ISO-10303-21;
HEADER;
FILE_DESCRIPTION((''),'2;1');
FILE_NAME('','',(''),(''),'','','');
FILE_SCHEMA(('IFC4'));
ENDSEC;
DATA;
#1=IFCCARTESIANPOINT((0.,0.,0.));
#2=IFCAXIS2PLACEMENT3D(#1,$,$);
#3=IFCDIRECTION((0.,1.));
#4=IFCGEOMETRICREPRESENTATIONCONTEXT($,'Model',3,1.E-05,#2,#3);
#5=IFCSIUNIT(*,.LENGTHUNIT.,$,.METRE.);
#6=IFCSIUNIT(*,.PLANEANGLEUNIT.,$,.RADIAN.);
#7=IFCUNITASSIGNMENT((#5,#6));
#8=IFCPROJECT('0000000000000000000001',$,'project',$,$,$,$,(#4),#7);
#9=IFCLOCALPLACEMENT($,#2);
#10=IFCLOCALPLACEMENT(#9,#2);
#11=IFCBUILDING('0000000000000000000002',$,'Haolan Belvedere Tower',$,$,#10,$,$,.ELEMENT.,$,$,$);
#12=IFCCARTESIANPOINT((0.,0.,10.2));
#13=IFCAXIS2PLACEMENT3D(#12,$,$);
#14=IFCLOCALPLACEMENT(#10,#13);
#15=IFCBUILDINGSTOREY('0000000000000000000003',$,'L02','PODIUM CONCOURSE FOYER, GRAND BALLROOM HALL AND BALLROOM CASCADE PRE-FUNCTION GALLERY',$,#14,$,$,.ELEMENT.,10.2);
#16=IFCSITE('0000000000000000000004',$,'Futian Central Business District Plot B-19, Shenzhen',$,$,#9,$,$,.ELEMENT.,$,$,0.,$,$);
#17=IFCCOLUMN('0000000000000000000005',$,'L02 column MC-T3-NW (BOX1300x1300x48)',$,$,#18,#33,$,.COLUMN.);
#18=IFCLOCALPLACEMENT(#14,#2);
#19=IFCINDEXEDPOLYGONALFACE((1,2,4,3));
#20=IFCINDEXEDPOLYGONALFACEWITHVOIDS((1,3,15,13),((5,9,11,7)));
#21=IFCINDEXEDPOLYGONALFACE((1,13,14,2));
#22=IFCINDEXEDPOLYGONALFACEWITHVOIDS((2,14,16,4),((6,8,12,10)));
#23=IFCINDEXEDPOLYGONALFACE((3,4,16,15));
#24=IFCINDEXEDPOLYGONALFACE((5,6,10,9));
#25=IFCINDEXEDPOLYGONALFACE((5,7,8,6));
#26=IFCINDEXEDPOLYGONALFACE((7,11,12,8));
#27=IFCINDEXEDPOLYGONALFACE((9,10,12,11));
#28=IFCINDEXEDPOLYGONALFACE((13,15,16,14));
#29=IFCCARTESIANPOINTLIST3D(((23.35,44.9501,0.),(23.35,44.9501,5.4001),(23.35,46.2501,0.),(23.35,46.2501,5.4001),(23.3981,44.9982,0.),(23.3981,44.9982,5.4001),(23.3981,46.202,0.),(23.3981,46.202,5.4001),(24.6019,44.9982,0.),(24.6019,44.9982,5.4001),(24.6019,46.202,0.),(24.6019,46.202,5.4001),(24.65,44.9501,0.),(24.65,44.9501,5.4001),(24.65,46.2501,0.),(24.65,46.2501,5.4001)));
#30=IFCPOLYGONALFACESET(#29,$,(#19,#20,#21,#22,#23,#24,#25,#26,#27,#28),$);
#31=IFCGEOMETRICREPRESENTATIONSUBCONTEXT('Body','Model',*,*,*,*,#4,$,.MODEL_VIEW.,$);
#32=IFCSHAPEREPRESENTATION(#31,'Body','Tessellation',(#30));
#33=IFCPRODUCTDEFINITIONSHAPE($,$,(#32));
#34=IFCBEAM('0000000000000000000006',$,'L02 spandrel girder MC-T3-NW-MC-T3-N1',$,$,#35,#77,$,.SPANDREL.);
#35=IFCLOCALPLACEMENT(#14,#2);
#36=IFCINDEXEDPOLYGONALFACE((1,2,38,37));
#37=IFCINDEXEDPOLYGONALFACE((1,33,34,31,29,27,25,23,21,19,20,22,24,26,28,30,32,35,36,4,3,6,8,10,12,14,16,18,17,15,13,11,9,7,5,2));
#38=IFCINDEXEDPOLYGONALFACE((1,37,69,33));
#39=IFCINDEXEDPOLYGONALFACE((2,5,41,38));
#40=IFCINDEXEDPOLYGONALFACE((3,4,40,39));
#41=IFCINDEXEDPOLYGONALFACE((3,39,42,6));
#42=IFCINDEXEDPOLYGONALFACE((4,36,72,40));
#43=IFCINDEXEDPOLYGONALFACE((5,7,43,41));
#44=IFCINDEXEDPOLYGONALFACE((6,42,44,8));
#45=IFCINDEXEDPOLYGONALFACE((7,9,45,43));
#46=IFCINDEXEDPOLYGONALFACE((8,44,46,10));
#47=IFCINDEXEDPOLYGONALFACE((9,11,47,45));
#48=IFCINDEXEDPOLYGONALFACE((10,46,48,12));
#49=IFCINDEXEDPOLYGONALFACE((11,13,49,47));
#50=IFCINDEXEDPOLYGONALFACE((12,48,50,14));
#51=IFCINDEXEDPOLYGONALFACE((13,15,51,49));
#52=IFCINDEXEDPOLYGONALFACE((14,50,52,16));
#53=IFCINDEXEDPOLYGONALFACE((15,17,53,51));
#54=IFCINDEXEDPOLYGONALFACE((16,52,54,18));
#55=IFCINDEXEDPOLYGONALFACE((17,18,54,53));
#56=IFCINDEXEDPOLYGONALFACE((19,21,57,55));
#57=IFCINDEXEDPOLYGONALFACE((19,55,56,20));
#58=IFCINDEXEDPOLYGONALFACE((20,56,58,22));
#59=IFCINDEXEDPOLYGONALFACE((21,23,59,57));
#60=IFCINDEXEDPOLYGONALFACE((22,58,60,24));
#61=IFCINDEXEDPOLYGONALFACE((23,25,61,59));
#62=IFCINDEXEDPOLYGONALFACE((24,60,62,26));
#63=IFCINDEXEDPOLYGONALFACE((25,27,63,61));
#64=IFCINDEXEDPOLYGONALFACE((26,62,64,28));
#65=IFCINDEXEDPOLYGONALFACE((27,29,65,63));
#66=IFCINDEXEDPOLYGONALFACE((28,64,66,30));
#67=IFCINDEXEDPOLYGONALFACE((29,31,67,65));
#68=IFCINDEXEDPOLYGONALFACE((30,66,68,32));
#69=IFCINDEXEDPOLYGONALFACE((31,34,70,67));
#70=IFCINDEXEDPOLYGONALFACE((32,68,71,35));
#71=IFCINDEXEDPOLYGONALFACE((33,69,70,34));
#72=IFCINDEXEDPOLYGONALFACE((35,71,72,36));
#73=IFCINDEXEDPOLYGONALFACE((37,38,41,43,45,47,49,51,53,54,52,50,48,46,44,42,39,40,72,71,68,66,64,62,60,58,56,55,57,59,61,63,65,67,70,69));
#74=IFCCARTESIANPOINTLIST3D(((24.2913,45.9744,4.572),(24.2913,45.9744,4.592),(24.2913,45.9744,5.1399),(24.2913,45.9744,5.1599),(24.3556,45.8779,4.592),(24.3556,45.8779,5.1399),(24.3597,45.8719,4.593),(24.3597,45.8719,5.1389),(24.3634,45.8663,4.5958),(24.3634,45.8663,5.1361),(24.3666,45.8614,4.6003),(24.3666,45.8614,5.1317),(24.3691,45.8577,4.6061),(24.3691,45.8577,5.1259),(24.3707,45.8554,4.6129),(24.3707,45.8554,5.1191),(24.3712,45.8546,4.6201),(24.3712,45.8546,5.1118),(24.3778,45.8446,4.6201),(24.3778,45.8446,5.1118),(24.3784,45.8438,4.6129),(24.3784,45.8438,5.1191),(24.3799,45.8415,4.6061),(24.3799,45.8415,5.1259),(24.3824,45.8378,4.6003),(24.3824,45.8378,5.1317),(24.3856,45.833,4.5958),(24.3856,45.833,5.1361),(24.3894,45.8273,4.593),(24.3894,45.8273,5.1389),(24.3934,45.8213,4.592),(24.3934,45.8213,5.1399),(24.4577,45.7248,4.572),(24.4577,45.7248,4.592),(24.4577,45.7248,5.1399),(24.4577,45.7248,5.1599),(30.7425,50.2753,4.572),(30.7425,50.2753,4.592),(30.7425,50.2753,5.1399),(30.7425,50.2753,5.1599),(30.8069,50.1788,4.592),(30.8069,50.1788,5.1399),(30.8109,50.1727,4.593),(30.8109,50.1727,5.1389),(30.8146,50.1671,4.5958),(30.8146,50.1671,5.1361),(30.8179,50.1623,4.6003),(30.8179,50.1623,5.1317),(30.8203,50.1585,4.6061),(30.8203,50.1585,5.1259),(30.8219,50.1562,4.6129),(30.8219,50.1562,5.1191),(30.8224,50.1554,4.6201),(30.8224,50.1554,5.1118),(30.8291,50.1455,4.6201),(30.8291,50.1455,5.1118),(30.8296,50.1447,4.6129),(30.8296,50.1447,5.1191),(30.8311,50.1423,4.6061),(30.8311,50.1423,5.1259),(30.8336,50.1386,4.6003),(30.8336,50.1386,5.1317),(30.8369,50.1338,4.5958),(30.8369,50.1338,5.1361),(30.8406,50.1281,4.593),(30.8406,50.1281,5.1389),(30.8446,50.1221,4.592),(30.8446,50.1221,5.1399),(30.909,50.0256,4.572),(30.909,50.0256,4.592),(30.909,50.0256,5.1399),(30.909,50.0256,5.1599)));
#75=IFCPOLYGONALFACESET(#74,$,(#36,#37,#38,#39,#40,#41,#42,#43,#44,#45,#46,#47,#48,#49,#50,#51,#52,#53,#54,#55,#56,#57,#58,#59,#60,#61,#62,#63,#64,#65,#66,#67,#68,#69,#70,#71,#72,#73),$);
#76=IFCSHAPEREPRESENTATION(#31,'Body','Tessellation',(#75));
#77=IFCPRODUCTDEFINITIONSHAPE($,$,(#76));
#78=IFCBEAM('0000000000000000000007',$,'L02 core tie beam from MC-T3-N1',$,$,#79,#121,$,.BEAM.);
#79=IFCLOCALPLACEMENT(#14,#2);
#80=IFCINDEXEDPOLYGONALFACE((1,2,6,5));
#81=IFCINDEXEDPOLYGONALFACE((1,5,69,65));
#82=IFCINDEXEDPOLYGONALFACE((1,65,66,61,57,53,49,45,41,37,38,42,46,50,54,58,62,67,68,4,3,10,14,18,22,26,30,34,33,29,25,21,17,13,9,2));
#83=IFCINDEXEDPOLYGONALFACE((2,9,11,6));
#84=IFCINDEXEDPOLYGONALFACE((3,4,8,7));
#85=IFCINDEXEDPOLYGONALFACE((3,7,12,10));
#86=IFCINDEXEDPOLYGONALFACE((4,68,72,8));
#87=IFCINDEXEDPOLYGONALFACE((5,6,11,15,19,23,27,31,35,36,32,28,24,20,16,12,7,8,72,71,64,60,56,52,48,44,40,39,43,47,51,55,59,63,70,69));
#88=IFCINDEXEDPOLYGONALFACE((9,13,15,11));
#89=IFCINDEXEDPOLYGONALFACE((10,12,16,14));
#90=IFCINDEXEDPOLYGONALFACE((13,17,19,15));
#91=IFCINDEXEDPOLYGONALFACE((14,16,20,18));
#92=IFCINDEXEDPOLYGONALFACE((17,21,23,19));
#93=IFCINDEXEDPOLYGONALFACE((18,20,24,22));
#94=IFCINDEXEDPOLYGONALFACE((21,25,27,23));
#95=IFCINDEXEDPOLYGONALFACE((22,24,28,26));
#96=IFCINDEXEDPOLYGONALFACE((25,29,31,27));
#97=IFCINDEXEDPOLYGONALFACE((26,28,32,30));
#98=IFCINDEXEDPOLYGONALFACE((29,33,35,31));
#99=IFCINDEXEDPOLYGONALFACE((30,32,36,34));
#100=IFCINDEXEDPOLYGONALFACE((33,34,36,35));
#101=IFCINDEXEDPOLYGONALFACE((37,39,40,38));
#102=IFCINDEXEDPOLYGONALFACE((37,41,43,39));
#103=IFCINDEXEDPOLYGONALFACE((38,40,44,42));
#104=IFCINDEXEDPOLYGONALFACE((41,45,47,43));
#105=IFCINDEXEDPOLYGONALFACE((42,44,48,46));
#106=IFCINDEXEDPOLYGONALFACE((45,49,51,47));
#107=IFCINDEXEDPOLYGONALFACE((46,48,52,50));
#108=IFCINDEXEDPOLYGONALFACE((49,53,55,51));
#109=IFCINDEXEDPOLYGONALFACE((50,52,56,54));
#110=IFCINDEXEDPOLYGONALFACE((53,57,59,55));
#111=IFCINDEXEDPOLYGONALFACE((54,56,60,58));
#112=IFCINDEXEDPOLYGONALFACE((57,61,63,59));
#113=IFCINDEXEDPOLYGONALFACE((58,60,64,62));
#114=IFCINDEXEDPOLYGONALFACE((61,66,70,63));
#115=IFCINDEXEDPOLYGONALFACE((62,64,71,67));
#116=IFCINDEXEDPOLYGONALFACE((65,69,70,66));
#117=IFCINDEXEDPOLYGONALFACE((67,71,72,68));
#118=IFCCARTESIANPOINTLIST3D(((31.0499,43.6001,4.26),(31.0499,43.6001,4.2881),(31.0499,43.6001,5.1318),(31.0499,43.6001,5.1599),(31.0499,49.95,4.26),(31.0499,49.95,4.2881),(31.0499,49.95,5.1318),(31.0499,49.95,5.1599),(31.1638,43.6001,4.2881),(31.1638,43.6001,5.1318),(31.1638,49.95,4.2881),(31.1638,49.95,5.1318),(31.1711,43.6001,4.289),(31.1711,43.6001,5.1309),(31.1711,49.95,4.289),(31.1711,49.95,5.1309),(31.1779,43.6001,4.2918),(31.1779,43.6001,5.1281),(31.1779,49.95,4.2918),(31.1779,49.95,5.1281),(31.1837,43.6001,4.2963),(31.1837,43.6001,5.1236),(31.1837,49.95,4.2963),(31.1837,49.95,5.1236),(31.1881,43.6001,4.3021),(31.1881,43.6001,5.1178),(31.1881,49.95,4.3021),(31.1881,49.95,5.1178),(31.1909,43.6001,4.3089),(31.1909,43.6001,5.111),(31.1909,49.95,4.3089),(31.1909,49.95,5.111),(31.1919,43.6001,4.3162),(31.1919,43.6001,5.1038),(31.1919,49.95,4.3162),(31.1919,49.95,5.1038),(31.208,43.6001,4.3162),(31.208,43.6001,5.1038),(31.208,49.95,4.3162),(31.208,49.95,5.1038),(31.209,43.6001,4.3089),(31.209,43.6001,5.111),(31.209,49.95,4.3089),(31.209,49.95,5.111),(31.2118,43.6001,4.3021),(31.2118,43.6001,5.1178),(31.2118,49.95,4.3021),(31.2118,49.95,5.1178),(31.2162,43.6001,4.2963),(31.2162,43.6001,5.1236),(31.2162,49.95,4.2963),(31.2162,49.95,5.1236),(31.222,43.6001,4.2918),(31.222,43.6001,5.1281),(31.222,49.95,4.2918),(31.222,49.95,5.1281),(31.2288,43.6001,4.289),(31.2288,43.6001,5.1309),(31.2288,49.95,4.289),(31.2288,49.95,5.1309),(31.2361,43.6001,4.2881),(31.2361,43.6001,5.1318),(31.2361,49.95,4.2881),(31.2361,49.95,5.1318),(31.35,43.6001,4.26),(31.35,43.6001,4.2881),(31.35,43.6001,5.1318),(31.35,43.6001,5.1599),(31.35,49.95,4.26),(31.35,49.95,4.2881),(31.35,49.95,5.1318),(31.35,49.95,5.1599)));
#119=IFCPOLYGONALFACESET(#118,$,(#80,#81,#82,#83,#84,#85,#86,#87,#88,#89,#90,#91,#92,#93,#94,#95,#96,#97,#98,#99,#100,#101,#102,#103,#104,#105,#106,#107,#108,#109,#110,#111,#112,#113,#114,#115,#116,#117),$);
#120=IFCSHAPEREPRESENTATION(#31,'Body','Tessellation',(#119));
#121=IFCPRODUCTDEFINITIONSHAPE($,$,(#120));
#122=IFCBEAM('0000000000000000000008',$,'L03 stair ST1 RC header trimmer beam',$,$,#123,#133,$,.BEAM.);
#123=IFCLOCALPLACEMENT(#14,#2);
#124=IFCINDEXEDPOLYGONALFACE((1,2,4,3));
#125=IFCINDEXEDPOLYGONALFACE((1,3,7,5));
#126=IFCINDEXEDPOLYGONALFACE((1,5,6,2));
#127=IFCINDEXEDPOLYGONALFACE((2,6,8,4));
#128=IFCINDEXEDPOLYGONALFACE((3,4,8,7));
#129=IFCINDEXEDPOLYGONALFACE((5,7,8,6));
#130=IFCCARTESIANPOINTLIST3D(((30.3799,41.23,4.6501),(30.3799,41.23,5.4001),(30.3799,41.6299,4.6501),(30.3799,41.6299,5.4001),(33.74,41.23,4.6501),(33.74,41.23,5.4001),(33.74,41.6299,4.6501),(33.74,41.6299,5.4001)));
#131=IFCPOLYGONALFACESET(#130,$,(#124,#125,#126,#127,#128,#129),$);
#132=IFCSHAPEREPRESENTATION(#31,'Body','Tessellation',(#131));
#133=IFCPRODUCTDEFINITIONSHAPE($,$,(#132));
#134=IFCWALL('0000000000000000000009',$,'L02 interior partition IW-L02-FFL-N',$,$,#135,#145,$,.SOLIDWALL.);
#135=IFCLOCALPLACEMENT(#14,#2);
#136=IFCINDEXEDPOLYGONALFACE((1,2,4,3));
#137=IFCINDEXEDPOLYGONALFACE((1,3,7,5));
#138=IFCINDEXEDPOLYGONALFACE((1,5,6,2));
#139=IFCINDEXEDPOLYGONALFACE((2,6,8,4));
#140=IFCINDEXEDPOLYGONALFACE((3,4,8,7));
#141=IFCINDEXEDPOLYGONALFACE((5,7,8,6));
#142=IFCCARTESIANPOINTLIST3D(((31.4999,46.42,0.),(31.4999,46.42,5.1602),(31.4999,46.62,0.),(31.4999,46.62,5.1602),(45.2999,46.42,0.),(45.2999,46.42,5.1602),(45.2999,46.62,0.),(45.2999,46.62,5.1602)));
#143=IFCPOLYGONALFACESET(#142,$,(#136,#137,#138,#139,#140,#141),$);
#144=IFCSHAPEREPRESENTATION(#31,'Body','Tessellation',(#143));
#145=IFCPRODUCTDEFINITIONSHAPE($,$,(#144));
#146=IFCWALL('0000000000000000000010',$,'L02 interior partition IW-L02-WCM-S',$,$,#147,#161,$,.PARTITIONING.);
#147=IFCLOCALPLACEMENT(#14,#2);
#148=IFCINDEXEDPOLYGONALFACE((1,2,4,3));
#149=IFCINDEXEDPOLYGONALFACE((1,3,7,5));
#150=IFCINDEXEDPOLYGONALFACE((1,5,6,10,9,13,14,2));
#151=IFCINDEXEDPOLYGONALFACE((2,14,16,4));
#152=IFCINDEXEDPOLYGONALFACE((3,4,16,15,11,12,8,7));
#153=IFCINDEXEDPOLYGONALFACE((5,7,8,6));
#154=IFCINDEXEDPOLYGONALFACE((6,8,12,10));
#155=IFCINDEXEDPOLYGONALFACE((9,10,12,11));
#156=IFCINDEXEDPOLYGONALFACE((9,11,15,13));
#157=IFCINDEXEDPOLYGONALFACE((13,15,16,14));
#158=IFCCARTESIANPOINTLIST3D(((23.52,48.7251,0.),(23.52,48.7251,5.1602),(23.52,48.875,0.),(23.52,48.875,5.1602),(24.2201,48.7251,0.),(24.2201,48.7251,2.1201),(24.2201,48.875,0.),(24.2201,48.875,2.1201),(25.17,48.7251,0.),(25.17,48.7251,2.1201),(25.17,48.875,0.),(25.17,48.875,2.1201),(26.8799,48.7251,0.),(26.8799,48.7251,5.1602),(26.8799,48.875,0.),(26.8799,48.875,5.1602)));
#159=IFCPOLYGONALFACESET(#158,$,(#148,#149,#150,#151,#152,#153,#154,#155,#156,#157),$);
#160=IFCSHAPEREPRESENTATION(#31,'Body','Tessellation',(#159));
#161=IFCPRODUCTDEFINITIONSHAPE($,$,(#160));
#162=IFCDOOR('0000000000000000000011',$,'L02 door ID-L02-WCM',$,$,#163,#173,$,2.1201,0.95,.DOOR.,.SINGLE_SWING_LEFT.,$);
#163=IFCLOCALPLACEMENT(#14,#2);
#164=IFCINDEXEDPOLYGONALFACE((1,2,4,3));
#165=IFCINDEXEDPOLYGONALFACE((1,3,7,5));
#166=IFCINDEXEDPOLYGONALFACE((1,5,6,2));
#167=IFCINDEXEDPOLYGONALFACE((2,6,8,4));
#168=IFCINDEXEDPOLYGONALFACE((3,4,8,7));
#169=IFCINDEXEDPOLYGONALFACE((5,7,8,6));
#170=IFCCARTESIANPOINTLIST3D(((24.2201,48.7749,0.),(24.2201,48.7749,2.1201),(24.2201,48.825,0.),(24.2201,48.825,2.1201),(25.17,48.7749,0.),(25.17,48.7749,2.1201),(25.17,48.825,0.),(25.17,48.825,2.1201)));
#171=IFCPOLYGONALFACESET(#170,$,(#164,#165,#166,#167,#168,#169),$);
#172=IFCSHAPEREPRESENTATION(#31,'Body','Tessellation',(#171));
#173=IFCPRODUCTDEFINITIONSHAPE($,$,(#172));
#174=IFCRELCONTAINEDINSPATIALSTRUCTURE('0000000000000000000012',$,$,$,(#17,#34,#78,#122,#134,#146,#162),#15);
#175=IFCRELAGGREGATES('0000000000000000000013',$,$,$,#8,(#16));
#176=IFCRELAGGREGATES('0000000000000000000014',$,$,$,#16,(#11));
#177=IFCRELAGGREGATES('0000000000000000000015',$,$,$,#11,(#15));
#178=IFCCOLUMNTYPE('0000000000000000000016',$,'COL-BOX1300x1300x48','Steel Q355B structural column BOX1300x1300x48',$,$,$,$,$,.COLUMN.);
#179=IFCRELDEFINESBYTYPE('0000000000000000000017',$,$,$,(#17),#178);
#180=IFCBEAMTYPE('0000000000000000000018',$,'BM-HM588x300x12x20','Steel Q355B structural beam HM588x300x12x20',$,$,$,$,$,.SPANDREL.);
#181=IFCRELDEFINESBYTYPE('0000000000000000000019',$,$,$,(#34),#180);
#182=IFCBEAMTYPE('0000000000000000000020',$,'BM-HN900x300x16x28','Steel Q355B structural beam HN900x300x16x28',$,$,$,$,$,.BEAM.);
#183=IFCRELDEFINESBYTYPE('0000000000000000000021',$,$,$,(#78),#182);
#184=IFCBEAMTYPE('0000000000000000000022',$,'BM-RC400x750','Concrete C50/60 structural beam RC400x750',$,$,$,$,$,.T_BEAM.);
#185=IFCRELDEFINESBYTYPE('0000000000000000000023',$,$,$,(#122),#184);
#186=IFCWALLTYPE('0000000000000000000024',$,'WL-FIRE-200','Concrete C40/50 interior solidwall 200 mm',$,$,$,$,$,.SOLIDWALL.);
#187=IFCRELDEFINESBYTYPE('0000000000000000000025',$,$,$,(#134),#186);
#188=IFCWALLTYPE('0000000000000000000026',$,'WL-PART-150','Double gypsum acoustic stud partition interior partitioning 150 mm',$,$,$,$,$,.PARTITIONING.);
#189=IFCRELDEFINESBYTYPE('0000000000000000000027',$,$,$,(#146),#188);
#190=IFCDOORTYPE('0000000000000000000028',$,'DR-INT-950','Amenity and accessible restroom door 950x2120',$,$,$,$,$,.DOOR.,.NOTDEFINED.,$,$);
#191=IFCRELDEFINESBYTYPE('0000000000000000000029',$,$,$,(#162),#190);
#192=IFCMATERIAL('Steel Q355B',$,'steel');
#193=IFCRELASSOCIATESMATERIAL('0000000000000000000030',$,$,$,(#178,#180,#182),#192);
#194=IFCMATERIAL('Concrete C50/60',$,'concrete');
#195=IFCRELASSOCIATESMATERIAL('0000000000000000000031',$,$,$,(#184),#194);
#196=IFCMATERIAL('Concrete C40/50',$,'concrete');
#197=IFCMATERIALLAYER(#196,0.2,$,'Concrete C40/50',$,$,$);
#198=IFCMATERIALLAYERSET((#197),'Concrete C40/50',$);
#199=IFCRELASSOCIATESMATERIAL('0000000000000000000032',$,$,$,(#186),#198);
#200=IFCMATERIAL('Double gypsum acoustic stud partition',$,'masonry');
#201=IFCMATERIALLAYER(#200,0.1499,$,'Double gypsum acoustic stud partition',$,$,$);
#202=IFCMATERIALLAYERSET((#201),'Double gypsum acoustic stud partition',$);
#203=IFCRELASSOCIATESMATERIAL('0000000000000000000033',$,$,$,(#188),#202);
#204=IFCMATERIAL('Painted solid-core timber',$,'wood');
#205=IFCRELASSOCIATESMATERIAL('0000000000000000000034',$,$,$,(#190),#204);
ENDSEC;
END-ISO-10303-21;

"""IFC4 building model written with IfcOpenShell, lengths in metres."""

from ifc_helpers import new_model, si_unit, direction, frame, frame_2d, origin, origin_2d, place, context, subcontext, project, spatial, rectangle, hollow_rectangle, i_section, extrude, material, layer, layer_set, material_profile, profile_set, type_object, element, fill, save


model = new_model("IFC4")

# Units and contexts
model_context = context("Model", 3, precision=1e-05, world=origin(), true_north=direction((0.0, 1.0)))
body_context = subcontext(model_context, "Body", "Model", "MODEL_VIEW")
ifc_project = project(units=[si_unit("LENGTHUNIT", "METRE"), si_unit("PLANEANGLEUNIT", "RADIAN")], contexts=[model_context])

# Site, building, storey
site_placement = place(None, origin())
site = spatial("IfcSite", under=ifc_project, at=site_placement, Name="Futian Central Business District Plot B-19, Shenzhen", CompositionType="ELEMENT", RefElevation=0.0)
building_placement = place(site_placement, origin())
building = spatial("IfcBuilding", under=site, at=building_placement, Name="Haolan Belvedere Tower", CompositionType="ELEMENT")
storey_placement = place(building_placement, frame((0.0, 0.0, 10.2)))
storey = spatial("IfcBuildingStorey", under=building, at=storey_placement, Name="L02", Description="PODIUM CONCOURSE FOYER, GRAND BALLROOM HALL AND BALLROOM CASCADE PRE-FUNCTION GALLERY", CompositionType="ELEMENT", Elevation=10.2)

# Column
ifc_material_1 = material(Name="Steel Q355B", Category="steel")
ifc_material_profile_1 = material_profile(ifc_material_1, hollow_rectangle(XDim=1.3, YDim=1.3, WallThickness=0.0481, at=origin_2d()), Name="Steel Q355B")
ifc_profile_set_1 = profile_set([ifc_material_profile_1], Name="Steel Q355B")
column_type = type_object("IfcColumnType", Name="COL-BOX1300x1300x48", Description="Steel Q355B structural column BOX1300x1300x48", PredefinedType="COLUMN", material=ifc_profile_set_1)
column_placement = place(storey_placement, frame((24.0, 45.6001, 0.0), z_axis=(0.0, 0.0, 1.0), x_axis=(1.0, 0.0, 0.0)))
element("IfcColumn", 1, at=column_placement, inside=storey, type_object=column_type, Name="L02 column MC-T3-NW (BOX1300x1300x48)", PredefinedType="COLUMN", context=body_context, shape_type="SweptSolid", body=[
    extrude(hollow_rectangle(XDim=1.3, YDim=1.3, WallThickness=0.0481, at=origin_2d()), origin(), (0.0, 0.0, 1.0), 5.4001),
])

# Beams
ifc_material_profile_2 = material_profile(ifc_material_1, i_section(OverallWidth=0.3, OverallDepth=0.5879, WebThickness=0.012, FlangeThickness=0.02, FilletRadius=0.0281, at=origin_2d()), Name="Steel Q355B")
ifc_profile_set_2 = profile_set([ifc_material_profile_2], Name="Steel Q355B")
beam_type_1 = type_object("IfcBeamType", Name="BM-HM588x300x12x20", Description="Steel Q355B structural beam HM588x300x12x20", PredefinedType="SPANDREL", material=ifc_profile_set_2)
beam_1_placement = place(storey_placement, frame((24.3745, 45.8496, 4.866), z_axis=(0.83205, 0.5547, 0.0), x_axis=(-0.5547, 0.83205, 0.0)))
element("IfcBeam", 2, at=beam_1_placement, inside=storey, type_object=beam_type_1, Name="L02 spandrel girder MC-T3-NW-MC-T3-N1", PredefinedType="SPANDREL", context=body_context, shape_type="SweptSolid", body=[
    extrude(i_section(OverallWidth=0.3, OverallDepth=0.5879, WebThickness=0.012, FlangeThickness=0.02, FilletRadius=0.0281, at=origin_2d()), origin(), (0.0, 0.0, 1.0), 7.7534),
])
ifc_material_profile_3 = material_profile(ifc_material_1, i_section(OverallWidth=0.3, OverallDepth=0.8999, WebThickness=0.0161, FlangeThickness=0.0281, FilletRadius=0.0281, at=origin_2d()), Name="Steel Q355B")
ifc_profile_set_3 = profile_set([ifc_material_profile_3], Name="Steel Q355B")
beam_type_2 = type_object("IfcBeamType", Name="BM-HN900x300x16x28", Description="Steel Q355B structural beam HN900x300x16x28", PredefinedType="BEAM", material=ifc_profile_set_3)
beam_2_placement = place(storey_placement, frame((31.2, 49.95, 4.71), z_axis=(0.0, -1.0, 0.0), x_axis=(1.0, 0.0, 0.0)))
element("IfcBeam", 3, at=beam_2_placement, inside=storey, type_object=beam_type_2, Name="L02 core tie beam from MC-T3-N1", PredefinedType="BEAM", context=body_context, shape_type="SweptSolid", body=[
    extrude(i_section(OverallWidth=0.3, OverallDepth=0.8999, WebThickness=0.0161, FlangeThickness=0.0281, FilletRadius=0.0281, at=origin_2d()), origin(), (0.0, 0.0, 1.0), 6.3499),
])
ifc_material_2 = material(Name="Concrete C50/60", Category="concrete")
ifc_material_profile_4 = material_profile(ifc_material_2, rectangle(XDim=0.3999, YDim=0.75, at=origin_2d()), Name="Concrete C50/60")
ifc_profile_set_4 = profile_set([ifc_material_profile_4], Name="Concrete C50/60")
beam_type_3 = type_object("IfcBeamType", Name="BM-RC400x750", Description="Concrete C50/60 structural beam RC400x750", PredefinedType="T_BEAM", material=ifc_profile_set_4)
beam_3_placement = place(storey_placement, frame((30.3799, 41.4299, 5.0251), z_axis=(1.0, 0.0, 0.0), x_axis=(0.0, 1.0, 0.0)))
element("IfcBeam", 4, at=beam_3_placement, inside=storey, type_object=beam_type_3, Name="L03 stair ST1 RC header trimmer beam", PredefinedType="BEAM", context=body_context, shape_type="SweptSolid", body=[
    extrude(rectangle(XDim=0.3999, YDim=0.75, at=origin_2d()), origin(), (0.0, 0.0, 1.0), 3.3601),
])

# Wall
ifc_material_3 = material(Name="Concrete C40/50", Category="concrete")
ifc_layer_1 = layer(ifc_material_3, 0.2, Name="Concrete C40/50")
ifc_layer_set_1 = layer_set([ifc_layer_1], Name="Concrete C40/50")
wall_type_1 = type_object("IfcWallType", Name="WL-FIRE-200", Description="Concrete C40/50 interior solidwall 200 mm", PredefinedType="SOLIDWALL", material=ifc_layer_set_1)
wall_1_placement = place(storey_placement, frame((31.5, 46.52, 0.0), z_axis=(0.0, 0.0, 1.0), x_axis=(1.0, 0.0, 0.0)))
element("IfcWall", 5, at=wall_1_placement, inside=storey, type_object=wall_type_1, Name="L02 interior partition IW-L02-FFL-N", PredefinedType="SOLIDWALL", context=body_context, shape_type="SweptSolid", body=[
    extrude(rectangle(XDim=13.8, YDim=0.2, at=frame_2d((6.8999, 0.0))), origin(), (0.0, 0.0, 1.0), 5.1602),
])

# Wall, opening, door
ifc_material_4 = material(Name="Double gypsum acoustic stud partition", Category="masonry")
ifc_layer_2 = layer(ifc_material_4, 0.1499, Name="Double gypsum acoustic stud partition")
ifc_layer_set_2 = layer_set([ifc_layer_2], Name="Double gypsum acoustic stud partition")
wall_type_2 = type_object("IfcWallType", Name="WL-PART-150", Description="Double gypsum acoustic stud partition interior partitioning 150 mm", PredefinedType="PARTITIONING", material=ifc_layer_set_2)
wall_2_placement = place(storey_placement, frame((23.52, 48.8, 0.0), z_axis=(0.0, 0.0, 1.0), x_axis=(1.0, 0.0, 0.0)))
wall_2 = element("IfcWall", 6, at=wall_2_placement, inside=storey, type_object=wall_type_2, Name="L02 interior partition IW-L02-WCM-S", PredefinedType="PARTITIONING", context=body_context, shape_type="SweptSolid", body=[
    extrude(rectangle(XDim=3.3599, YDim=0.1499, at=frame_2d((1.6799, 0.0))), origin(), (0.0, 0.0, 1.0), 5.1602),
])
opening_1_placement = place(wall_2_placement, frame((0.7, 0.0, 0.0)))
opening_1 = element("IfcOpeningElement", 7, at=opening_1_placement, cuts=wall_2, PredefinedType="OPENING", context=body_context, shape_type="SweptSolid", body=[
    extrude(rectangle(XDim=0.95, YDim=2.1201, at=frame_2d((0.4751, 1.0601))), frame((0.0, 0.085, 0.0), z_axis=(0.0, -1.0, 0.0), x_axis=(1.0, 0.0, 0.0)), (0.0, 0.0, 1.0), 0.1699),
])
ifc_material_5 = material(Name="Painted solid-core timber", Category="wood")
door_type_1 = type_object("IfcDoorType", Name="DR-INT-950", Description="Amenity and accessible restroom door 950x2120", OperationType="NOTDEFINED", PredefinedType="DOOR", material=ifc_material_5)
door_1_placement = place(opening_1_placement, origin())
door_1 = element("IfcDoor", 8, at=door_1_placement, inside=storey, type_object=door_type_1, Name="L02 door ID-L02-WCM", OperationType="SINGLE_SWING_LEFT", OverallHeight=2.1201, OverallWidth=0.95, PredefinedType="DOOR", context=body_context, shape_type="SweptSolid", body=[
    extrude(rectangle(XDim=0.95, YDim=2.1201, at=frame_2d((0.4751, 1.0601))), frame((0.0, 0.0249, 0.0), z_axis=(0.0, -1.0, 0.0), x_axis=(1.0, 0.0, 0.0)), (0.0, 0.0, 1.0), 0.05),
])
fill(opening_1, door_1)

save(model, "model.ifc")
